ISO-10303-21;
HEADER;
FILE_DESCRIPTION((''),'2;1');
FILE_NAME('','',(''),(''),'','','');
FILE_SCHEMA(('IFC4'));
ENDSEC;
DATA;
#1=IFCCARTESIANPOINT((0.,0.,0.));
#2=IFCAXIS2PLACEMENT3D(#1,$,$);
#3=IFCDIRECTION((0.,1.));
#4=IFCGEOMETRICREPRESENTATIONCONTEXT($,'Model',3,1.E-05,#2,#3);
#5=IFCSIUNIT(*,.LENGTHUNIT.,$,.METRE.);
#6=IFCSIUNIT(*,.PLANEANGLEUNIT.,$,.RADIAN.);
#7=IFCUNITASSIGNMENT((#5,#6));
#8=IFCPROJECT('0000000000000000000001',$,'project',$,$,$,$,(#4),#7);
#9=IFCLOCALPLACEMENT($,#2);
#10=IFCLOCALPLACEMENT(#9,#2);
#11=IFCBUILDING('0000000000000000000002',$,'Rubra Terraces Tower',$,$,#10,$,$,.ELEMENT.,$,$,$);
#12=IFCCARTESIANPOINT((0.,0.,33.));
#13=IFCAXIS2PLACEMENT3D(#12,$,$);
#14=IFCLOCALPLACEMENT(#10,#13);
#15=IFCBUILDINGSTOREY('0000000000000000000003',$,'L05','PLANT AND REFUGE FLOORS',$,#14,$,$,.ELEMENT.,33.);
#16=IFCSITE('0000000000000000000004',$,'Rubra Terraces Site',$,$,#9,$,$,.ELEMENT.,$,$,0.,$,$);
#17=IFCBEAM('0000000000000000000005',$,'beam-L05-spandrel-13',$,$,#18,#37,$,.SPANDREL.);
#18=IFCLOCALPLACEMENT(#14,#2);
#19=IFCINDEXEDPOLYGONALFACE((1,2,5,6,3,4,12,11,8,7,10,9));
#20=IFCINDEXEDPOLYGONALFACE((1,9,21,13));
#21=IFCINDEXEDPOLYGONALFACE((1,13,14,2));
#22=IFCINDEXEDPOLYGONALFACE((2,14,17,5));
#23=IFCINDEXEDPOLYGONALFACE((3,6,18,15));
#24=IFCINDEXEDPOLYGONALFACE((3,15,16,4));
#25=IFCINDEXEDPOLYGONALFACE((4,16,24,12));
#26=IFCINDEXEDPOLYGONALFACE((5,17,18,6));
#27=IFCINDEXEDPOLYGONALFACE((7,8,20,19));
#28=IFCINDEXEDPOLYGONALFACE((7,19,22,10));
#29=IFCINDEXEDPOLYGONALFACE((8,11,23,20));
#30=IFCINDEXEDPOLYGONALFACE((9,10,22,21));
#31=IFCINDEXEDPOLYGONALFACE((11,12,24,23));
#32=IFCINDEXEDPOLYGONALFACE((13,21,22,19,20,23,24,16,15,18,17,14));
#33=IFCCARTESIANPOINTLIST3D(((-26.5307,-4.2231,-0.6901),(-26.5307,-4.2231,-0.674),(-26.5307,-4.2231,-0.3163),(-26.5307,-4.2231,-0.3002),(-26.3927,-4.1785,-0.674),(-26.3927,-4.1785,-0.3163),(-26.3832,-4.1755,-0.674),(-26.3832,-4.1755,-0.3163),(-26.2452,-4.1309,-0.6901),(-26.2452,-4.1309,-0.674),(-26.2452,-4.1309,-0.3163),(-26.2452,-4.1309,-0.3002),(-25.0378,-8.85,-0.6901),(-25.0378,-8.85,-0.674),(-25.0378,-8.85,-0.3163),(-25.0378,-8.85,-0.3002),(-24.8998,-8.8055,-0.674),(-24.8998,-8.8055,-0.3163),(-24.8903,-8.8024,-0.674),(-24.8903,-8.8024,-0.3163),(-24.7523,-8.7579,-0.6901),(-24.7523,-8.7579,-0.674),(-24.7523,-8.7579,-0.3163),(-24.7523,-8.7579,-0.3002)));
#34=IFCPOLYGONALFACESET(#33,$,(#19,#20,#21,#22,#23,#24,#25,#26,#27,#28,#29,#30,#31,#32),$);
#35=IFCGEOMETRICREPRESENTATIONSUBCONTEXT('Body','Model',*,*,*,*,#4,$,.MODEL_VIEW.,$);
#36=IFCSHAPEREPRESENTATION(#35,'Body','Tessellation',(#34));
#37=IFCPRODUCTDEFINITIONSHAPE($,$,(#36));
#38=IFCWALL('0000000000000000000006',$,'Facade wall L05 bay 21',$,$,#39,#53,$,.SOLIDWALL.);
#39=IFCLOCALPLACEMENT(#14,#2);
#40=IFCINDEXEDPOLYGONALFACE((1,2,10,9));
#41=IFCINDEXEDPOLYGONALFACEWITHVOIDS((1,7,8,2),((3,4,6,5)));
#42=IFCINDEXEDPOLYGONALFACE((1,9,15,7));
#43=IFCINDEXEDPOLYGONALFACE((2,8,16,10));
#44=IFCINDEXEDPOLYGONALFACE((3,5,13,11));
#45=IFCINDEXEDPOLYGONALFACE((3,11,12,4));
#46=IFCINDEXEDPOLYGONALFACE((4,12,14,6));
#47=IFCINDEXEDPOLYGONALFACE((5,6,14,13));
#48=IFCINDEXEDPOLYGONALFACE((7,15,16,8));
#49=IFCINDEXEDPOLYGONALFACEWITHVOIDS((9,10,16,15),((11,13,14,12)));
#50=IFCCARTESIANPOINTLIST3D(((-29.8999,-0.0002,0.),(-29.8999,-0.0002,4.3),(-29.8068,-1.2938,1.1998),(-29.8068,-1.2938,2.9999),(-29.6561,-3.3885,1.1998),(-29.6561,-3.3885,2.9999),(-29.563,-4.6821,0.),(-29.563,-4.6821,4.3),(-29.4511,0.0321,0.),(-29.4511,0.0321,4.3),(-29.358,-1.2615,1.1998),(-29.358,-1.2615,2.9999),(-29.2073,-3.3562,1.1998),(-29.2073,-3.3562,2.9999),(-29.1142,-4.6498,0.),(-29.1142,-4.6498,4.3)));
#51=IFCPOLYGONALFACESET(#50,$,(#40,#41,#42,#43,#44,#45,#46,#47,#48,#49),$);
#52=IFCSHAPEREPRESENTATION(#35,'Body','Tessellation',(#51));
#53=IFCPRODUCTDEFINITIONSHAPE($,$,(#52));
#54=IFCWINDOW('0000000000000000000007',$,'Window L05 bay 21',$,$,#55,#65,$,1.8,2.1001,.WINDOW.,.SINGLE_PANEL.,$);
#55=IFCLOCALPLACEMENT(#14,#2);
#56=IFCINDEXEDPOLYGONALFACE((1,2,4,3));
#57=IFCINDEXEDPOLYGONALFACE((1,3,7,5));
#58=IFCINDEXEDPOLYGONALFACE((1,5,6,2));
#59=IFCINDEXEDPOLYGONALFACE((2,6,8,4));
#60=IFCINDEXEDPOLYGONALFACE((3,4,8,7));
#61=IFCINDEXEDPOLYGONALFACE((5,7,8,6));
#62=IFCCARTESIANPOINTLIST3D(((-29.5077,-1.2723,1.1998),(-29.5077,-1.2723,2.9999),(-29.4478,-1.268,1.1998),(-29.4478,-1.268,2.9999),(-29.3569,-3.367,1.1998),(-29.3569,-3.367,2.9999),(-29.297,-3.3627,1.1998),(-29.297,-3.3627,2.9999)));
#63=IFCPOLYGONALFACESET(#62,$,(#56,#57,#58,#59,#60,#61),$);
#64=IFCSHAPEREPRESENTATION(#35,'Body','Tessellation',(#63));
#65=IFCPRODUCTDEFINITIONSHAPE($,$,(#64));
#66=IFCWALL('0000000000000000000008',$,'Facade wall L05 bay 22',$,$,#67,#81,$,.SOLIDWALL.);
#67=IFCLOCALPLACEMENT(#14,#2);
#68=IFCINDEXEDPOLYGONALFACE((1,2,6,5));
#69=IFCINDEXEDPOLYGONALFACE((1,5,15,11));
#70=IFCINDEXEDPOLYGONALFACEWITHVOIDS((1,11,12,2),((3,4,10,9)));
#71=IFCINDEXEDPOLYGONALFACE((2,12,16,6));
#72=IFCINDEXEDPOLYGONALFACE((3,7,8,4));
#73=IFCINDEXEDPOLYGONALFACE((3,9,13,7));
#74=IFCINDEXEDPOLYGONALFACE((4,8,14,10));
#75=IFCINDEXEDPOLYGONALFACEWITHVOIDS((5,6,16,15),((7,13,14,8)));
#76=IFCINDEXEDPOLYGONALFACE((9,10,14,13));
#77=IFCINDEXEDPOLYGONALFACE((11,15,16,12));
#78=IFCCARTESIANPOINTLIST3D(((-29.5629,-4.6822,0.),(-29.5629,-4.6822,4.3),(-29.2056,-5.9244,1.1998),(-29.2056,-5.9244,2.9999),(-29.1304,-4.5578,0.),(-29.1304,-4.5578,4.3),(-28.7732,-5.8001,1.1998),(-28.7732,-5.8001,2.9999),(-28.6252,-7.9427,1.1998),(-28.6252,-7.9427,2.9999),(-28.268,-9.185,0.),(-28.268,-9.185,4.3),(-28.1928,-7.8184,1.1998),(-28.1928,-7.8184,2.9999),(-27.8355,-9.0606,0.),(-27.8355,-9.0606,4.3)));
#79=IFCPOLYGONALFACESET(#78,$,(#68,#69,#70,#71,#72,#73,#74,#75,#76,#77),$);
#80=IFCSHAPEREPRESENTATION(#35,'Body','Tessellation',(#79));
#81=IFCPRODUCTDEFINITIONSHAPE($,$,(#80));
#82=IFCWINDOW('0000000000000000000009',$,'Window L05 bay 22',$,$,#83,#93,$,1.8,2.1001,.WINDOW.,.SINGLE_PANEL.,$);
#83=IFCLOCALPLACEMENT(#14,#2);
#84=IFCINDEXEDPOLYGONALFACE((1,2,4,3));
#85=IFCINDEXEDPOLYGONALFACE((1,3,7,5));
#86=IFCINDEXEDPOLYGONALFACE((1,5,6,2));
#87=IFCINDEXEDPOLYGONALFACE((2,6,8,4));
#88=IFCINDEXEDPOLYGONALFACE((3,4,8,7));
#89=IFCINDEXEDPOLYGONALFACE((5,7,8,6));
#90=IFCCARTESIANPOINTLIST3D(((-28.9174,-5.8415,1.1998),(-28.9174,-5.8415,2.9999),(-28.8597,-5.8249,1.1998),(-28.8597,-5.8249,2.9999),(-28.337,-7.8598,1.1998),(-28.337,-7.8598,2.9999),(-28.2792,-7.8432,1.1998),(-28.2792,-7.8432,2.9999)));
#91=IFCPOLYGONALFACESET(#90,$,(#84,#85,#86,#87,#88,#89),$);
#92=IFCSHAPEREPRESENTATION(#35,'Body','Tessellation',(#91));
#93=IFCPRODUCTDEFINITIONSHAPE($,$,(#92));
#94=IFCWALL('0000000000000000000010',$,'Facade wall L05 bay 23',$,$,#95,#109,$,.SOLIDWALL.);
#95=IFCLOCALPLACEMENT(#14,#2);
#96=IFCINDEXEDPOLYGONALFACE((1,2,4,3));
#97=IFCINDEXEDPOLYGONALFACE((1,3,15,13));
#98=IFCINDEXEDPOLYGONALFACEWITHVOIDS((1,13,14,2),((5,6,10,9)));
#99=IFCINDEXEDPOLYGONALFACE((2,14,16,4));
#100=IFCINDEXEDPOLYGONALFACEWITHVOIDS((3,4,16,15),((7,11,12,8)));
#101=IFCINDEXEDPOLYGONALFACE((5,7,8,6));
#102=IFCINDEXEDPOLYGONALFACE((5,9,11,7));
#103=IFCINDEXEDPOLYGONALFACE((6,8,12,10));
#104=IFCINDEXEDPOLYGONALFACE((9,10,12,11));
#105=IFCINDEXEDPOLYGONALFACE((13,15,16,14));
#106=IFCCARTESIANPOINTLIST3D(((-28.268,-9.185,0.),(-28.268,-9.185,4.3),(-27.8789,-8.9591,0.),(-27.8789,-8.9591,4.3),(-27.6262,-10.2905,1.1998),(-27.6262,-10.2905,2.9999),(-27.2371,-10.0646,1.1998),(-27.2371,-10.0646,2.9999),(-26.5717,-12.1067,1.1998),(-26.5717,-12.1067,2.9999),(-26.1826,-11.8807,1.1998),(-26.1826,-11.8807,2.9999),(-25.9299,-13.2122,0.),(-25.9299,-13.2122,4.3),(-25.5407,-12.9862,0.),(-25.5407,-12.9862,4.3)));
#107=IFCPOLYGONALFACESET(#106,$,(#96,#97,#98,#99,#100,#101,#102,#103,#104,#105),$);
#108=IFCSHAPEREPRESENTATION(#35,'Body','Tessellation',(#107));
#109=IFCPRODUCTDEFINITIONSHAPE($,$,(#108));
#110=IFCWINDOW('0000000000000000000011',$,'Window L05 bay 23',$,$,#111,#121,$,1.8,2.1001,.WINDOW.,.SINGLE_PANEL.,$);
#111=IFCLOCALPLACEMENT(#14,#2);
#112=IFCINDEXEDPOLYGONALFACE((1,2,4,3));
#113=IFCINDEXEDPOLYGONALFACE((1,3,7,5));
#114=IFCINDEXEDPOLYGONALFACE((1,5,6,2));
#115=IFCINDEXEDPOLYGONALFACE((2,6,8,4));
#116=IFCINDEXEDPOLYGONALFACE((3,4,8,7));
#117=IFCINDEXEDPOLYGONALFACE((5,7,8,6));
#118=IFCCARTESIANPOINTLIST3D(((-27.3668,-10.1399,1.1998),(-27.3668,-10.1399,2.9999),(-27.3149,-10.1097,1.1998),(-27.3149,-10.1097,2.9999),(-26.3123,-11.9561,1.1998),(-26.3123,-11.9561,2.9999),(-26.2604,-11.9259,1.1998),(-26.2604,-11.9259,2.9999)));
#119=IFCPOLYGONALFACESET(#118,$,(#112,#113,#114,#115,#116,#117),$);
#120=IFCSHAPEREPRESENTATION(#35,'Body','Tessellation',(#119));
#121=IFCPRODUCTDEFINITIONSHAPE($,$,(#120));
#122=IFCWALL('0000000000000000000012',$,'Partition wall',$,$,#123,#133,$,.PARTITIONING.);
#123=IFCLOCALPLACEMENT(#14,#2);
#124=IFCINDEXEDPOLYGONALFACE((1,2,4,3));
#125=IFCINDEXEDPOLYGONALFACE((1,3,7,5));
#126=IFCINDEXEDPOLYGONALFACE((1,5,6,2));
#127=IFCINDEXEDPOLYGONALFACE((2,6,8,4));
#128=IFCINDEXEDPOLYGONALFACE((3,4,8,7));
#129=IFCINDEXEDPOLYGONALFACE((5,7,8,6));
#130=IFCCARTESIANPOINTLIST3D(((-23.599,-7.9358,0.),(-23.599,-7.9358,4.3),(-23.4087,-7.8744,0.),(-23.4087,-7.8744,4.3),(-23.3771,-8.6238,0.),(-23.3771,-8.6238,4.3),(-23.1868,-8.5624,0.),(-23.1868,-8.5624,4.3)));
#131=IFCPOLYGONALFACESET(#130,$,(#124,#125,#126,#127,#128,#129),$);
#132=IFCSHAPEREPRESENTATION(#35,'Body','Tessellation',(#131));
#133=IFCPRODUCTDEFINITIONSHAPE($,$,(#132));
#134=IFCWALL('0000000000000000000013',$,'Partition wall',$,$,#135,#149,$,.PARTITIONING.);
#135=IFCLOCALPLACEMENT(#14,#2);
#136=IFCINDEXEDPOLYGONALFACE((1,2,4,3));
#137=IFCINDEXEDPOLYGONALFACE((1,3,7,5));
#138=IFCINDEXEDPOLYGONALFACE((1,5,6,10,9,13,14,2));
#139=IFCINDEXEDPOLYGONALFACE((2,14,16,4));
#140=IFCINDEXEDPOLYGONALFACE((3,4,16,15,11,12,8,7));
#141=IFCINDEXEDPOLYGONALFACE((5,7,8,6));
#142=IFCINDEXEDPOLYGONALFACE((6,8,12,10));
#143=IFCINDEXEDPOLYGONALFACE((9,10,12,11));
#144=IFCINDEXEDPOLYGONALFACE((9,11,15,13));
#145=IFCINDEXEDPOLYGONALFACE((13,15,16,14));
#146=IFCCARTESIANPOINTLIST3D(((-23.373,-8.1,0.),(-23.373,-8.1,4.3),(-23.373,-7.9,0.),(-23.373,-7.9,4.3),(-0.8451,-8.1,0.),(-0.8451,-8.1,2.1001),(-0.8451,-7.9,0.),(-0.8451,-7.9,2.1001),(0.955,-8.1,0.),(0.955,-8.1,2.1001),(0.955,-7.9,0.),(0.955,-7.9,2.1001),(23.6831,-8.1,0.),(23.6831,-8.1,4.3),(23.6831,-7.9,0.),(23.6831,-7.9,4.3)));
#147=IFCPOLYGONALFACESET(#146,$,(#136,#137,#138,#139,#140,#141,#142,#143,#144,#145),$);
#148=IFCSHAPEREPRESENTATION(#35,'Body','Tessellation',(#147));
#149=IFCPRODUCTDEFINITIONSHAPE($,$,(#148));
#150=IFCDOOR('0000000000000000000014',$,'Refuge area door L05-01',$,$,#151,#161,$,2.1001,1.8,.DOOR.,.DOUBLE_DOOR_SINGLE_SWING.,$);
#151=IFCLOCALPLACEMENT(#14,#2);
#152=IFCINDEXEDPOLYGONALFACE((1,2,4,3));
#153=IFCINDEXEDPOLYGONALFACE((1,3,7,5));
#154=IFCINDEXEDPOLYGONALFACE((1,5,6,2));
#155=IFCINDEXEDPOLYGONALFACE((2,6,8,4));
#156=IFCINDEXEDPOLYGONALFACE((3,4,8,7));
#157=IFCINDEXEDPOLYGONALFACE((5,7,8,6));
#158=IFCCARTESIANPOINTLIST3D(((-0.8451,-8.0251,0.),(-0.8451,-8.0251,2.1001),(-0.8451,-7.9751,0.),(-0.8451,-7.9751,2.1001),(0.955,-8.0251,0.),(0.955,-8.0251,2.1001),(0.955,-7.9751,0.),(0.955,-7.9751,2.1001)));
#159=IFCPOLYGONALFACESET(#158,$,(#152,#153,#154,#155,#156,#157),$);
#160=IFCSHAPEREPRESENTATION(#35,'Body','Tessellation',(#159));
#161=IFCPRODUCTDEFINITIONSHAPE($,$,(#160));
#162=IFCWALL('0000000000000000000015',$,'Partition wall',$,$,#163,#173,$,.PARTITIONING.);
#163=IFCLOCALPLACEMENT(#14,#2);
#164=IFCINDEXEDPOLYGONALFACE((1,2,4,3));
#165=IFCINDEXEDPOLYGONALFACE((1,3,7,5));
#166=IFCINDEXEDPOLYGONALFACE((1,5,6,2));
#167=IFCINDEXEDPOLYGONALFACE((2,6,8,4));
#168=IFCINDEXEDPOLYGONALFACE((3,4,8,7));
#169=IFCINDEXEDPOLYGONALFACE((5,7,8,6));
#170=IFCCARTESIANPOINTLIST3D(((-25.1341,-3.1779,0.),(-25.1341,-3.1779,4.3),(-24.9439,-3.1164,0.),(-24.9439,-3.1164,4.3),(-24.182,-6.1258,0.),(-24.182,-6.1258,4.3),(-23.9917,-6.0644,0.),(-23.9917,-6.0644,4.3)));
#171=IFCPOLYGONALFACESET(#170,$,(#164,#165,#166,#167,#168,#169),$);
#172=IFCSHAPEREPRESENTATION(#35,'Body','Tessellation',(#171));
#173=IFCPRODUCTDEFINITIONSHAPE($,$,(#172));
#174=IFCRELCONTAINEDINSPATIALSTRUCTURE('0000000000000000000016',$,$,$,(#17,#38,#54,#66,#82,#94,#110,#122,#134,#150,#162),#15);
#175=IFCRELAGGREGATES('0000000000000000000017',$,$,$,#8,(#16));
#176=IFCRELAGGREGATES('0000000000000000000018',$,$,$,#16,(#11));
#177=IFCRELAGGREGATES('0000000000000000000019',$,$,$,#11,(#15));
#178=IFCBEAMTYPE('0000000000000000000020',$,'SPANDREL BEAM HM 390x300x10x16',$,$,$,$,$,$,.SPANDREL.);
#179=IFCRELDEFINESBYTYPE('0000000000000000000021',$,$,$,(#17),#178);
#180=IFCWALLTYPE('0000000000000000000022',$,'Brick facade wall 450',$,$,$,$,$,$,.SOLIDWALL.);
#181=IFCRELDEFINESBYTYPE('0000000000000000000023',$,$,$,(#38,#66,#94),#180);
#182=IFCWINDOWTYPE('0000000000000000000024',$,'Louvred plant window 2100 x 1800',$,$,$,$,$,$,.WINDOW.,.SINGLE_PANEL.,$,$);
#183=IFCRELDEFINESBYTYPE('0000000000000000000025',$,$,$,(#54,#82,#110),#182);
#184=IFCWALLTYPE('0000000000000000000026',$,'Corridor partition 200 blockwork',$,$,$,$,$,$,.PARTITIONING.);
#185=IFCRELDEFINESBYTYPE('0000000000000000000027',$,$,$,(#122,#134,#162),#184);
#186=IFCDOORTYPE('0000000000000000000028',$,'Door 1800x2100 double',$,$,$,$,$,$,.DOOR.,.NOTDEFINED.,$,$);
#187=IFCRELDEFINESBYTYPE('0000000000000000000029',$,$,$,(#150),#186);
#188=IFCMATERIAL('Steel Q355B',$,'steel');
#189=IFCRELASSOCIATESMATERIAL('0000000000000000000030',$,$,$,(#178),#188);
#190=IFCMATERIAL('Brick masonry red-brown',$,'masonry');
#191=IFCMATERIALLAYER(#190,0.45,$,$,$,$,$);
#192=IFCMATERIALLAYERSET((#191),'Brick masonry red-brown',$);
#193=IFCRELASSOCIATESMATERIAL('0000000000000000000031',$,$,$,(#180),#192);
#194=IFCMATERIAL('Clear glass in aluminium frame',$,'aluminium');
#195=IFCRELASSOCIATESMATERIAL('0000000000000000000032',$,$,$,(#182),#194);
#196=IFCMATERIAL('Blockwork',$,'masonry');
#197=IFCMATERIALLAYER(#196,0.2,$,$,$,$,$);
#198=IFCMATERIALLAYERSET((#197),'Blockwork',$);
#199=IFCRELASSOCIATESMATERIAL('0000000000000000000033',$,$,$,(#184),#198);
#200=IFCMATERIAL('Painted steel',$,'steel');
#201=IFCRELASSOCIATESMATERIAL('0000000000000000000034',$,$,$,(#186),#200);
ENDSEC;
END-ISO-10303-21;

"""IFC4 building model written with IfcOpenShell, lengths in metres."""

from ifc_helpers import new_model, si_unit, direction, frame, frame_2d, origin, origin_2d, place, context, subcontext, project, spatial, rectangle, i_section, extrude, material, layer, layer_set, material_profile, profile_set, type_object, element, fill, save


model = new_model("IFC4")

# Units and contexts
model_context = context("Model", 3, precision=1e-05, world=origin(), true_north=direction((0.0, 1.0)))
body_context = subcontext(model_context, "Body", "Model", "MODEL_VIEW")
ifc_project = project(units=[si_unit("LENGTHUNIT", "METRE"), si_unit("PLANEANGLEUNIT", "RADIAN")], contexts=[model_context])

# Site, building, storey
site_placement = place(None, origin())
site = spatial("IfcSite", under=ifc_project, at=site_placement, Name="Rubra Terraces Site", CompositionType="ELEMENT", RefElevation=0.0)
building_placement = place(site_placement, origin())
building = spatial("IfcBuilding", under=site, at=building_placement, Name="Rubra Terraces Tower", CompositionType="ELEMENT")
storey_placement = place(building_placement, frame((0.0, 0.0, 33.0)))
storey = spatial("IfcBuildingStorey", under=building, at=storey_placement, Name="L05", Description="PLANT AND REFUGE FLOORS", CompositionType="ELEMENT", Elevation=33.0)

# Shared definitions
ifc_material_1 = material(Name="Steel Q355B", Category="steel")

# Beam
ifc_material_profile_1 = material_profile(ifc_material_1, i_section(OverallWidth=0.3, OverallDepth=0.3899, WebThickness=0.01, FlangeThickness=0.0161, at=origin_2d()), Name="HM 390x300x10x16")
ifc_profile_set_1 = profile_set([ifc_material_profile_1], Name="Steel Q355B")
beam_type_1 = type_object("IfcBeamType", Name="SPANDREL BEAM HM 390x300x10x16", PredefinedType="SPANDREL", material=ifc_profile_set_1)
beam_1_placement = place(storey_placement, frame((-26.3879, -4.177, -0.4951), z_axis=(0.307069, -0.951687, 0.0), x_axis=(0.951687, 0.307069, 0.0)))
element("IfcBeam", 1, at=beam_1_placement, inside=storey, type_object=beam_type_1, Name="beam-L05-spandrel-13", PredefinedType="SPANDREL", context=body_context, shape_type="SweptSolid", body=[
    extrude(i_section(OverallWidth=0.3, OverallDepth=0.3899, WebThickness=0.01, FlangeThickness=0.0161, at=origin_2d()), origin(), (0.0, 0.0, 1.0), 4.8618),
])

# Walls, openings, windows
ifc_material_2 = material(Name="Brick masonry red-brown", Category="masonry")
ifc_layer_1 = layer(ifc_material_2, 0.45)
ifc_layer_set_1 = layer_set([ifc_layer_1], Name="Brick masonry red-brown")
wall_type_1 = type_object("IfcWallType", Name="Brick facade wall 450", PredefinedType="SOLIDWALL", material=ifc_layer_set_1)
wall_1_placement = place(storey_placement, frame((-29.6755, 0.0161, 0.0), z_axis=(0.0, 0.0, 1.0), x_axis=(0.071776, -0.997421, 0.0)))
wall_1 = element("IfcWall", 2, at=wall_1_placement, inside=storey, type_object=wall_type_1, Name="Facade wall L05 bay 21", PredefinedType="SOLIDWALL", context=body_context, shape_type="SweptSolid", body=[
    extrude(rectangle(XDim=4.6941, YDim=0.45, at=frame_2d((2.3472, 0.0))), origin(), (0.0, 0.0, 1.0), 4.3),
])
opening_1_placement = place(wall_1_placement, frame((1.2971, 0.0, 1.2)))
opening_1 = element("IfcOpeningElement", 3, at=opening_1_placement, cuts=wall_1, PredefinedType="OPENING", context=body_context, shape_type="SweptSolid", body=[
    extrude(rectangle(XDim=2.1001, YDim=1.8, at=frame_2d((1.05, 0.8999))), frame((0.0, 0.2349, 0.0), z_axis=(0.0, -1.0, 0.0), x_axis=(1.0, 0.0, 0.0)), (0.0, 0.0, 1.0), 0.47),
])
ifc_material_3 = material(Name="Clear glass in aluminium frame", Category="aluminium")
window_type = type_object("IfcWindowType", Name="Louvred plant window 2100 x 1800", PartitioningType="SINGLE_PANEL", PredefinedType="WINDOW", material=ifc_material_3)
window_1_placement = place(opening_1_placement, origin())
window_1 = element("IfcWindow", 4, at=window_1_placement, inside=storey, type_object=window_type, Name="Window L05 bay 21", OverallHeight=1.8, OverallWidth=2.1001, PartitioningType="SINGLE_PANEL", PredefinedType="WINDOW", context=body_context, shape_type="SweptSolid", body=[
    extrude(rectangle(XDim=2.1001, YDim=1.8, at=frame_2d((1.05, 0.8999))), frame((0.0, 0.135, 0.0), z_axis=(0.0, -1.0, 0.0), x_axis=(1.0, 0.0, 0.0)), (0.0, 0.0, 1.0), 0.0601),
])
fill(opening_1, window_1)
wall_2_placement = place(storey_placement, frame((-29.3467, -4.6199, 0.0), z_axis=(0.0, 0.0, 1.0), x_axis=(0.276372, -0.961051, 0.0)))
wall_2 = element("IfcWall", 5, at=wall_2_placement, inside=storey, type_object=wall_type_1, Name="Facade wall L05 bay 22", PredefinedType="SOLIDWALL", context=body_context, shape_type="SweptSolid", body=[
    extrude(rectangle(XDim=4.6853, YDim=0.45, at=frame_2d((2.3428, 0.0))), origin(), (0.0, 0.0, 1.0), 4.3),
])
opening_2_placement = place(wall_2_placement, frame((1.2927, 0.0, 1.2)))
opening_2 = element("IfcOpeningElement", 6, at=opening_2_placement, cuts=wall_2, PredefinedType="OPENING", context=body_context, shape_type="SweptSolid", body=[
    extrude(rectangle(XDim=2.1001, YDim=1.8, at=frame_2d((1.05, 0.8999))), frame((0.0, 0.2349, 0.0), z_axis=(0.0, -1.0, 0.0), x_axis=(1.0, 0.0, 0.0)), (0.0, 0.0, 1.0), 0.47),
])
window_2_placement = place(opening_2_placement, origin())
window_2 = element("IfcWindow", 7, at=window_2_placement, inside=storey, type_object=window_type, Name="Window L05 bay 22", OverallHeight=1.8, OverallWidth=2.1001, PartitioningType="SINGLE_PANEL", PredefinedType="WINDOW", context=body_context, shape_type="SweptSolid", body=[
    extrude(rectangle(XDim=2.1001, YDim=1.8, at=frame_2d((1.05, 0.8999))), frame((0.0, 0.135, 0.0), z_axis=(0.0, -1.0, 0.0), x_axis=(1.0, 0.0, 0.0)), (0.0, 0.0, 1.0), 0.0601),
])
fill(opening_2, window_2)
wall_3_placement = place(storey_placement, frame((-28.0735, -9.072, 0.0), z_axis=(0.0, 0.0, 1.0), x_axis=(0.502106, -0.864806, 0.0)))
wall_3 = element("IfcWall", 8, at=wall_3_placement, inside=storey, type_object=wall_type_1, Name="Facade wall L05 bay 23", PredefinedType="SOLIDWALL", context=body_context, shape_type="SweptSolid", body=[
    extrude(rectangle(XDim=4.6567, YDim=0.45, at=frame_2d((2.3284, 0.0))), origin(), (0.0, 0.0, 1.0), 4.3),
])
opening_3_placement = place(wall_3_placement, frame((1.2783, 0.0, 1.2)))
opening_3 = element("IfcOpeningElement", 9, at=opening_3_placement, cuts=wall_3, PredefinedType="OPENING", context=body_context, shape_type="SweptSolid", body=[
    extrude(rectangle(XDim=2.1001, YDim=1.8, at=frame_2d((1.05, 0.8999))), frame((0.0, 0.2349, 0.0), z_axis=(0.0, -1.0, 0.0), x_axis=(1.0, 0.0, 0.0)), (0.0, 0.0, 1.0), 0.47),
])
window_3_placement = place(opening_3_placement, origin())
window_3 = element("IfcWindow", 10, at=window_3_placement, inside=storey, type_object=window_type, Name="Window L05 bay 23", OverallHeight=1.8, OverallWidth=2.1001, PartitioningType="SINGLE_PANEL", PredefinedType="WINDOW", context=body_context, shape_type="SweptSolid", body=[
    extrude(rectangle(XDim=2.1001, YDim=1.8, at=frame_2d((1.05, 0.8999))), frame((0.0, 0.135, 0.0), z_axis=(0.0, -1.0, 0.0), x_axis=(1.0, 0.0, 0.0)), (0.0, 0.0, 1.0), 0.0601),
])
fill(opening_3, window_3)

# Wall
ifc_material_4 = material(Name="Blockwork", Category="masonry")
ifc_layer_2 = layer(ifc_material_4, 0.2)
ifc_layer_set_2 = layer_set([ifc_layer_2], Name="Blockwork")
wall_type_2 = type_object("IfcWallType", Name="Corridor partition 200 blockwork", PredefinedType="PARTITIONING", material=ifc_layer_set_2)
wall_4_placement = place(storey_placement, frame((-23.282, -8.593, 0.0), z_axis=(0.0, 0.0, 1.0), x_axis=(-0.306993, 0.951712, 0.0)))
element("IfcWall", 11, at=wall_4_placement, inside=storey, type_object=wall_type_2, Name="Partition wall", PredefinedType="PARTITIONING", context=body_context, shape_type="SweptSolid", body=[
    extrude(rectangle(XDim=0.7229, YDim=0.2, at=frame_2d((0.3613, 0.0))), origin(), (0.0, 0.0, 1.0), 4.3),
])

# Wall, opening, door
wall_5_placement = place(storey_placement, frame((-23.373, -8.0, 0.0), z_axis=(0.0, 0.0, 1.0), x_axis=(1.0, 0.0, 0.0)))
wall_5 = element("IfcWall", 12, at=wall_5_placement, inside=storey, type_object=wall_type_2, Name="Partition wall", PredefinedType="PARTITIONING", context=body_context, shape_type="SweptSolid", body=[
    extrude(rectangle(XDim=47.0562, YDim=0.2, at=frame_2d((23.5281, 0.0))), origin(), (0.0, 0.0, 1.0), 4.3),
])
opening_4_placement = place(wall_5_placement, frame((22.5281, 0.0, 0.0)))
opening_4 = element("IfcOpeningElement", 13, at=opening_4_placement, cuts=wall_5, PredefinedType="OPENING", context=body_context, shape_type="SweptSolid", body=[
    extrude(rectangle(XDim=1.8, YDim=2.1001, at=frame_2d((0.8999, 1.05))), frame((0.0, 0.1099, 0.0), z_axis=(0.0, -1.0, 0.0), x_axis=(1.0, 0.0, 0.0)), (0.0, 0.0, 1.0), 0.22),
])
ifc_material_5 = material(Name="Painted steel", Category="steel")
door_type = type_object("IfcDoorType", Name="Door 1800x2100 double", OperationType="NOTDEFINED", PredefinedType="DOOR", material=ifc_material_5)
door_placement = place(opening_4_placement, origin())
door = element("IfcDoor", 14, at=door_placement, inside=storey, type_object=door_type, Name="Refuge area door L05-01", OperationType="DOUBLE_DOOR_SINGLE_SWING", OverallHeight=2.1001, OverallWidth=1.8, PredefinedType="DOOR", context=body_context, shape_type="SweptSolid", body=[
    extrude(rectangle(XDim=1.8, YDim=2.1001, at=frame_2d((0.8999, 1.05))), frame((0.0, 0.0249, 0.0), z_axis=(0.0, -1.0, 0.0), x_axis=(1.0, 0.0, 0.0)), (0.0, 0.0, 1.0), 0.05),
])
fill(opening_4, door)

# Wall
wall_6_placement = place(storey_placement, frame((-24.0869, -6.095, 0.0), z_axis=(0.0, 0.0, 1.0), x_axis=(-0.307348, 0.951597, 0.0)))
element("IfcWall", 15, at=wall_6_placement, inside=storey, type_object=wall_type_2, Name="Partition wall", PredefinedType="PARTITIONING", context=body_context, shape_type="SweptSolid", body=[
    extrude(rectangle(XDim=3.0979, YDim=0.2, at=frame_2d((1.5488, 0.0))), origin(), (0.0, 0.0, 1.0), 4.3),
])

save(model, "model.ifc")
